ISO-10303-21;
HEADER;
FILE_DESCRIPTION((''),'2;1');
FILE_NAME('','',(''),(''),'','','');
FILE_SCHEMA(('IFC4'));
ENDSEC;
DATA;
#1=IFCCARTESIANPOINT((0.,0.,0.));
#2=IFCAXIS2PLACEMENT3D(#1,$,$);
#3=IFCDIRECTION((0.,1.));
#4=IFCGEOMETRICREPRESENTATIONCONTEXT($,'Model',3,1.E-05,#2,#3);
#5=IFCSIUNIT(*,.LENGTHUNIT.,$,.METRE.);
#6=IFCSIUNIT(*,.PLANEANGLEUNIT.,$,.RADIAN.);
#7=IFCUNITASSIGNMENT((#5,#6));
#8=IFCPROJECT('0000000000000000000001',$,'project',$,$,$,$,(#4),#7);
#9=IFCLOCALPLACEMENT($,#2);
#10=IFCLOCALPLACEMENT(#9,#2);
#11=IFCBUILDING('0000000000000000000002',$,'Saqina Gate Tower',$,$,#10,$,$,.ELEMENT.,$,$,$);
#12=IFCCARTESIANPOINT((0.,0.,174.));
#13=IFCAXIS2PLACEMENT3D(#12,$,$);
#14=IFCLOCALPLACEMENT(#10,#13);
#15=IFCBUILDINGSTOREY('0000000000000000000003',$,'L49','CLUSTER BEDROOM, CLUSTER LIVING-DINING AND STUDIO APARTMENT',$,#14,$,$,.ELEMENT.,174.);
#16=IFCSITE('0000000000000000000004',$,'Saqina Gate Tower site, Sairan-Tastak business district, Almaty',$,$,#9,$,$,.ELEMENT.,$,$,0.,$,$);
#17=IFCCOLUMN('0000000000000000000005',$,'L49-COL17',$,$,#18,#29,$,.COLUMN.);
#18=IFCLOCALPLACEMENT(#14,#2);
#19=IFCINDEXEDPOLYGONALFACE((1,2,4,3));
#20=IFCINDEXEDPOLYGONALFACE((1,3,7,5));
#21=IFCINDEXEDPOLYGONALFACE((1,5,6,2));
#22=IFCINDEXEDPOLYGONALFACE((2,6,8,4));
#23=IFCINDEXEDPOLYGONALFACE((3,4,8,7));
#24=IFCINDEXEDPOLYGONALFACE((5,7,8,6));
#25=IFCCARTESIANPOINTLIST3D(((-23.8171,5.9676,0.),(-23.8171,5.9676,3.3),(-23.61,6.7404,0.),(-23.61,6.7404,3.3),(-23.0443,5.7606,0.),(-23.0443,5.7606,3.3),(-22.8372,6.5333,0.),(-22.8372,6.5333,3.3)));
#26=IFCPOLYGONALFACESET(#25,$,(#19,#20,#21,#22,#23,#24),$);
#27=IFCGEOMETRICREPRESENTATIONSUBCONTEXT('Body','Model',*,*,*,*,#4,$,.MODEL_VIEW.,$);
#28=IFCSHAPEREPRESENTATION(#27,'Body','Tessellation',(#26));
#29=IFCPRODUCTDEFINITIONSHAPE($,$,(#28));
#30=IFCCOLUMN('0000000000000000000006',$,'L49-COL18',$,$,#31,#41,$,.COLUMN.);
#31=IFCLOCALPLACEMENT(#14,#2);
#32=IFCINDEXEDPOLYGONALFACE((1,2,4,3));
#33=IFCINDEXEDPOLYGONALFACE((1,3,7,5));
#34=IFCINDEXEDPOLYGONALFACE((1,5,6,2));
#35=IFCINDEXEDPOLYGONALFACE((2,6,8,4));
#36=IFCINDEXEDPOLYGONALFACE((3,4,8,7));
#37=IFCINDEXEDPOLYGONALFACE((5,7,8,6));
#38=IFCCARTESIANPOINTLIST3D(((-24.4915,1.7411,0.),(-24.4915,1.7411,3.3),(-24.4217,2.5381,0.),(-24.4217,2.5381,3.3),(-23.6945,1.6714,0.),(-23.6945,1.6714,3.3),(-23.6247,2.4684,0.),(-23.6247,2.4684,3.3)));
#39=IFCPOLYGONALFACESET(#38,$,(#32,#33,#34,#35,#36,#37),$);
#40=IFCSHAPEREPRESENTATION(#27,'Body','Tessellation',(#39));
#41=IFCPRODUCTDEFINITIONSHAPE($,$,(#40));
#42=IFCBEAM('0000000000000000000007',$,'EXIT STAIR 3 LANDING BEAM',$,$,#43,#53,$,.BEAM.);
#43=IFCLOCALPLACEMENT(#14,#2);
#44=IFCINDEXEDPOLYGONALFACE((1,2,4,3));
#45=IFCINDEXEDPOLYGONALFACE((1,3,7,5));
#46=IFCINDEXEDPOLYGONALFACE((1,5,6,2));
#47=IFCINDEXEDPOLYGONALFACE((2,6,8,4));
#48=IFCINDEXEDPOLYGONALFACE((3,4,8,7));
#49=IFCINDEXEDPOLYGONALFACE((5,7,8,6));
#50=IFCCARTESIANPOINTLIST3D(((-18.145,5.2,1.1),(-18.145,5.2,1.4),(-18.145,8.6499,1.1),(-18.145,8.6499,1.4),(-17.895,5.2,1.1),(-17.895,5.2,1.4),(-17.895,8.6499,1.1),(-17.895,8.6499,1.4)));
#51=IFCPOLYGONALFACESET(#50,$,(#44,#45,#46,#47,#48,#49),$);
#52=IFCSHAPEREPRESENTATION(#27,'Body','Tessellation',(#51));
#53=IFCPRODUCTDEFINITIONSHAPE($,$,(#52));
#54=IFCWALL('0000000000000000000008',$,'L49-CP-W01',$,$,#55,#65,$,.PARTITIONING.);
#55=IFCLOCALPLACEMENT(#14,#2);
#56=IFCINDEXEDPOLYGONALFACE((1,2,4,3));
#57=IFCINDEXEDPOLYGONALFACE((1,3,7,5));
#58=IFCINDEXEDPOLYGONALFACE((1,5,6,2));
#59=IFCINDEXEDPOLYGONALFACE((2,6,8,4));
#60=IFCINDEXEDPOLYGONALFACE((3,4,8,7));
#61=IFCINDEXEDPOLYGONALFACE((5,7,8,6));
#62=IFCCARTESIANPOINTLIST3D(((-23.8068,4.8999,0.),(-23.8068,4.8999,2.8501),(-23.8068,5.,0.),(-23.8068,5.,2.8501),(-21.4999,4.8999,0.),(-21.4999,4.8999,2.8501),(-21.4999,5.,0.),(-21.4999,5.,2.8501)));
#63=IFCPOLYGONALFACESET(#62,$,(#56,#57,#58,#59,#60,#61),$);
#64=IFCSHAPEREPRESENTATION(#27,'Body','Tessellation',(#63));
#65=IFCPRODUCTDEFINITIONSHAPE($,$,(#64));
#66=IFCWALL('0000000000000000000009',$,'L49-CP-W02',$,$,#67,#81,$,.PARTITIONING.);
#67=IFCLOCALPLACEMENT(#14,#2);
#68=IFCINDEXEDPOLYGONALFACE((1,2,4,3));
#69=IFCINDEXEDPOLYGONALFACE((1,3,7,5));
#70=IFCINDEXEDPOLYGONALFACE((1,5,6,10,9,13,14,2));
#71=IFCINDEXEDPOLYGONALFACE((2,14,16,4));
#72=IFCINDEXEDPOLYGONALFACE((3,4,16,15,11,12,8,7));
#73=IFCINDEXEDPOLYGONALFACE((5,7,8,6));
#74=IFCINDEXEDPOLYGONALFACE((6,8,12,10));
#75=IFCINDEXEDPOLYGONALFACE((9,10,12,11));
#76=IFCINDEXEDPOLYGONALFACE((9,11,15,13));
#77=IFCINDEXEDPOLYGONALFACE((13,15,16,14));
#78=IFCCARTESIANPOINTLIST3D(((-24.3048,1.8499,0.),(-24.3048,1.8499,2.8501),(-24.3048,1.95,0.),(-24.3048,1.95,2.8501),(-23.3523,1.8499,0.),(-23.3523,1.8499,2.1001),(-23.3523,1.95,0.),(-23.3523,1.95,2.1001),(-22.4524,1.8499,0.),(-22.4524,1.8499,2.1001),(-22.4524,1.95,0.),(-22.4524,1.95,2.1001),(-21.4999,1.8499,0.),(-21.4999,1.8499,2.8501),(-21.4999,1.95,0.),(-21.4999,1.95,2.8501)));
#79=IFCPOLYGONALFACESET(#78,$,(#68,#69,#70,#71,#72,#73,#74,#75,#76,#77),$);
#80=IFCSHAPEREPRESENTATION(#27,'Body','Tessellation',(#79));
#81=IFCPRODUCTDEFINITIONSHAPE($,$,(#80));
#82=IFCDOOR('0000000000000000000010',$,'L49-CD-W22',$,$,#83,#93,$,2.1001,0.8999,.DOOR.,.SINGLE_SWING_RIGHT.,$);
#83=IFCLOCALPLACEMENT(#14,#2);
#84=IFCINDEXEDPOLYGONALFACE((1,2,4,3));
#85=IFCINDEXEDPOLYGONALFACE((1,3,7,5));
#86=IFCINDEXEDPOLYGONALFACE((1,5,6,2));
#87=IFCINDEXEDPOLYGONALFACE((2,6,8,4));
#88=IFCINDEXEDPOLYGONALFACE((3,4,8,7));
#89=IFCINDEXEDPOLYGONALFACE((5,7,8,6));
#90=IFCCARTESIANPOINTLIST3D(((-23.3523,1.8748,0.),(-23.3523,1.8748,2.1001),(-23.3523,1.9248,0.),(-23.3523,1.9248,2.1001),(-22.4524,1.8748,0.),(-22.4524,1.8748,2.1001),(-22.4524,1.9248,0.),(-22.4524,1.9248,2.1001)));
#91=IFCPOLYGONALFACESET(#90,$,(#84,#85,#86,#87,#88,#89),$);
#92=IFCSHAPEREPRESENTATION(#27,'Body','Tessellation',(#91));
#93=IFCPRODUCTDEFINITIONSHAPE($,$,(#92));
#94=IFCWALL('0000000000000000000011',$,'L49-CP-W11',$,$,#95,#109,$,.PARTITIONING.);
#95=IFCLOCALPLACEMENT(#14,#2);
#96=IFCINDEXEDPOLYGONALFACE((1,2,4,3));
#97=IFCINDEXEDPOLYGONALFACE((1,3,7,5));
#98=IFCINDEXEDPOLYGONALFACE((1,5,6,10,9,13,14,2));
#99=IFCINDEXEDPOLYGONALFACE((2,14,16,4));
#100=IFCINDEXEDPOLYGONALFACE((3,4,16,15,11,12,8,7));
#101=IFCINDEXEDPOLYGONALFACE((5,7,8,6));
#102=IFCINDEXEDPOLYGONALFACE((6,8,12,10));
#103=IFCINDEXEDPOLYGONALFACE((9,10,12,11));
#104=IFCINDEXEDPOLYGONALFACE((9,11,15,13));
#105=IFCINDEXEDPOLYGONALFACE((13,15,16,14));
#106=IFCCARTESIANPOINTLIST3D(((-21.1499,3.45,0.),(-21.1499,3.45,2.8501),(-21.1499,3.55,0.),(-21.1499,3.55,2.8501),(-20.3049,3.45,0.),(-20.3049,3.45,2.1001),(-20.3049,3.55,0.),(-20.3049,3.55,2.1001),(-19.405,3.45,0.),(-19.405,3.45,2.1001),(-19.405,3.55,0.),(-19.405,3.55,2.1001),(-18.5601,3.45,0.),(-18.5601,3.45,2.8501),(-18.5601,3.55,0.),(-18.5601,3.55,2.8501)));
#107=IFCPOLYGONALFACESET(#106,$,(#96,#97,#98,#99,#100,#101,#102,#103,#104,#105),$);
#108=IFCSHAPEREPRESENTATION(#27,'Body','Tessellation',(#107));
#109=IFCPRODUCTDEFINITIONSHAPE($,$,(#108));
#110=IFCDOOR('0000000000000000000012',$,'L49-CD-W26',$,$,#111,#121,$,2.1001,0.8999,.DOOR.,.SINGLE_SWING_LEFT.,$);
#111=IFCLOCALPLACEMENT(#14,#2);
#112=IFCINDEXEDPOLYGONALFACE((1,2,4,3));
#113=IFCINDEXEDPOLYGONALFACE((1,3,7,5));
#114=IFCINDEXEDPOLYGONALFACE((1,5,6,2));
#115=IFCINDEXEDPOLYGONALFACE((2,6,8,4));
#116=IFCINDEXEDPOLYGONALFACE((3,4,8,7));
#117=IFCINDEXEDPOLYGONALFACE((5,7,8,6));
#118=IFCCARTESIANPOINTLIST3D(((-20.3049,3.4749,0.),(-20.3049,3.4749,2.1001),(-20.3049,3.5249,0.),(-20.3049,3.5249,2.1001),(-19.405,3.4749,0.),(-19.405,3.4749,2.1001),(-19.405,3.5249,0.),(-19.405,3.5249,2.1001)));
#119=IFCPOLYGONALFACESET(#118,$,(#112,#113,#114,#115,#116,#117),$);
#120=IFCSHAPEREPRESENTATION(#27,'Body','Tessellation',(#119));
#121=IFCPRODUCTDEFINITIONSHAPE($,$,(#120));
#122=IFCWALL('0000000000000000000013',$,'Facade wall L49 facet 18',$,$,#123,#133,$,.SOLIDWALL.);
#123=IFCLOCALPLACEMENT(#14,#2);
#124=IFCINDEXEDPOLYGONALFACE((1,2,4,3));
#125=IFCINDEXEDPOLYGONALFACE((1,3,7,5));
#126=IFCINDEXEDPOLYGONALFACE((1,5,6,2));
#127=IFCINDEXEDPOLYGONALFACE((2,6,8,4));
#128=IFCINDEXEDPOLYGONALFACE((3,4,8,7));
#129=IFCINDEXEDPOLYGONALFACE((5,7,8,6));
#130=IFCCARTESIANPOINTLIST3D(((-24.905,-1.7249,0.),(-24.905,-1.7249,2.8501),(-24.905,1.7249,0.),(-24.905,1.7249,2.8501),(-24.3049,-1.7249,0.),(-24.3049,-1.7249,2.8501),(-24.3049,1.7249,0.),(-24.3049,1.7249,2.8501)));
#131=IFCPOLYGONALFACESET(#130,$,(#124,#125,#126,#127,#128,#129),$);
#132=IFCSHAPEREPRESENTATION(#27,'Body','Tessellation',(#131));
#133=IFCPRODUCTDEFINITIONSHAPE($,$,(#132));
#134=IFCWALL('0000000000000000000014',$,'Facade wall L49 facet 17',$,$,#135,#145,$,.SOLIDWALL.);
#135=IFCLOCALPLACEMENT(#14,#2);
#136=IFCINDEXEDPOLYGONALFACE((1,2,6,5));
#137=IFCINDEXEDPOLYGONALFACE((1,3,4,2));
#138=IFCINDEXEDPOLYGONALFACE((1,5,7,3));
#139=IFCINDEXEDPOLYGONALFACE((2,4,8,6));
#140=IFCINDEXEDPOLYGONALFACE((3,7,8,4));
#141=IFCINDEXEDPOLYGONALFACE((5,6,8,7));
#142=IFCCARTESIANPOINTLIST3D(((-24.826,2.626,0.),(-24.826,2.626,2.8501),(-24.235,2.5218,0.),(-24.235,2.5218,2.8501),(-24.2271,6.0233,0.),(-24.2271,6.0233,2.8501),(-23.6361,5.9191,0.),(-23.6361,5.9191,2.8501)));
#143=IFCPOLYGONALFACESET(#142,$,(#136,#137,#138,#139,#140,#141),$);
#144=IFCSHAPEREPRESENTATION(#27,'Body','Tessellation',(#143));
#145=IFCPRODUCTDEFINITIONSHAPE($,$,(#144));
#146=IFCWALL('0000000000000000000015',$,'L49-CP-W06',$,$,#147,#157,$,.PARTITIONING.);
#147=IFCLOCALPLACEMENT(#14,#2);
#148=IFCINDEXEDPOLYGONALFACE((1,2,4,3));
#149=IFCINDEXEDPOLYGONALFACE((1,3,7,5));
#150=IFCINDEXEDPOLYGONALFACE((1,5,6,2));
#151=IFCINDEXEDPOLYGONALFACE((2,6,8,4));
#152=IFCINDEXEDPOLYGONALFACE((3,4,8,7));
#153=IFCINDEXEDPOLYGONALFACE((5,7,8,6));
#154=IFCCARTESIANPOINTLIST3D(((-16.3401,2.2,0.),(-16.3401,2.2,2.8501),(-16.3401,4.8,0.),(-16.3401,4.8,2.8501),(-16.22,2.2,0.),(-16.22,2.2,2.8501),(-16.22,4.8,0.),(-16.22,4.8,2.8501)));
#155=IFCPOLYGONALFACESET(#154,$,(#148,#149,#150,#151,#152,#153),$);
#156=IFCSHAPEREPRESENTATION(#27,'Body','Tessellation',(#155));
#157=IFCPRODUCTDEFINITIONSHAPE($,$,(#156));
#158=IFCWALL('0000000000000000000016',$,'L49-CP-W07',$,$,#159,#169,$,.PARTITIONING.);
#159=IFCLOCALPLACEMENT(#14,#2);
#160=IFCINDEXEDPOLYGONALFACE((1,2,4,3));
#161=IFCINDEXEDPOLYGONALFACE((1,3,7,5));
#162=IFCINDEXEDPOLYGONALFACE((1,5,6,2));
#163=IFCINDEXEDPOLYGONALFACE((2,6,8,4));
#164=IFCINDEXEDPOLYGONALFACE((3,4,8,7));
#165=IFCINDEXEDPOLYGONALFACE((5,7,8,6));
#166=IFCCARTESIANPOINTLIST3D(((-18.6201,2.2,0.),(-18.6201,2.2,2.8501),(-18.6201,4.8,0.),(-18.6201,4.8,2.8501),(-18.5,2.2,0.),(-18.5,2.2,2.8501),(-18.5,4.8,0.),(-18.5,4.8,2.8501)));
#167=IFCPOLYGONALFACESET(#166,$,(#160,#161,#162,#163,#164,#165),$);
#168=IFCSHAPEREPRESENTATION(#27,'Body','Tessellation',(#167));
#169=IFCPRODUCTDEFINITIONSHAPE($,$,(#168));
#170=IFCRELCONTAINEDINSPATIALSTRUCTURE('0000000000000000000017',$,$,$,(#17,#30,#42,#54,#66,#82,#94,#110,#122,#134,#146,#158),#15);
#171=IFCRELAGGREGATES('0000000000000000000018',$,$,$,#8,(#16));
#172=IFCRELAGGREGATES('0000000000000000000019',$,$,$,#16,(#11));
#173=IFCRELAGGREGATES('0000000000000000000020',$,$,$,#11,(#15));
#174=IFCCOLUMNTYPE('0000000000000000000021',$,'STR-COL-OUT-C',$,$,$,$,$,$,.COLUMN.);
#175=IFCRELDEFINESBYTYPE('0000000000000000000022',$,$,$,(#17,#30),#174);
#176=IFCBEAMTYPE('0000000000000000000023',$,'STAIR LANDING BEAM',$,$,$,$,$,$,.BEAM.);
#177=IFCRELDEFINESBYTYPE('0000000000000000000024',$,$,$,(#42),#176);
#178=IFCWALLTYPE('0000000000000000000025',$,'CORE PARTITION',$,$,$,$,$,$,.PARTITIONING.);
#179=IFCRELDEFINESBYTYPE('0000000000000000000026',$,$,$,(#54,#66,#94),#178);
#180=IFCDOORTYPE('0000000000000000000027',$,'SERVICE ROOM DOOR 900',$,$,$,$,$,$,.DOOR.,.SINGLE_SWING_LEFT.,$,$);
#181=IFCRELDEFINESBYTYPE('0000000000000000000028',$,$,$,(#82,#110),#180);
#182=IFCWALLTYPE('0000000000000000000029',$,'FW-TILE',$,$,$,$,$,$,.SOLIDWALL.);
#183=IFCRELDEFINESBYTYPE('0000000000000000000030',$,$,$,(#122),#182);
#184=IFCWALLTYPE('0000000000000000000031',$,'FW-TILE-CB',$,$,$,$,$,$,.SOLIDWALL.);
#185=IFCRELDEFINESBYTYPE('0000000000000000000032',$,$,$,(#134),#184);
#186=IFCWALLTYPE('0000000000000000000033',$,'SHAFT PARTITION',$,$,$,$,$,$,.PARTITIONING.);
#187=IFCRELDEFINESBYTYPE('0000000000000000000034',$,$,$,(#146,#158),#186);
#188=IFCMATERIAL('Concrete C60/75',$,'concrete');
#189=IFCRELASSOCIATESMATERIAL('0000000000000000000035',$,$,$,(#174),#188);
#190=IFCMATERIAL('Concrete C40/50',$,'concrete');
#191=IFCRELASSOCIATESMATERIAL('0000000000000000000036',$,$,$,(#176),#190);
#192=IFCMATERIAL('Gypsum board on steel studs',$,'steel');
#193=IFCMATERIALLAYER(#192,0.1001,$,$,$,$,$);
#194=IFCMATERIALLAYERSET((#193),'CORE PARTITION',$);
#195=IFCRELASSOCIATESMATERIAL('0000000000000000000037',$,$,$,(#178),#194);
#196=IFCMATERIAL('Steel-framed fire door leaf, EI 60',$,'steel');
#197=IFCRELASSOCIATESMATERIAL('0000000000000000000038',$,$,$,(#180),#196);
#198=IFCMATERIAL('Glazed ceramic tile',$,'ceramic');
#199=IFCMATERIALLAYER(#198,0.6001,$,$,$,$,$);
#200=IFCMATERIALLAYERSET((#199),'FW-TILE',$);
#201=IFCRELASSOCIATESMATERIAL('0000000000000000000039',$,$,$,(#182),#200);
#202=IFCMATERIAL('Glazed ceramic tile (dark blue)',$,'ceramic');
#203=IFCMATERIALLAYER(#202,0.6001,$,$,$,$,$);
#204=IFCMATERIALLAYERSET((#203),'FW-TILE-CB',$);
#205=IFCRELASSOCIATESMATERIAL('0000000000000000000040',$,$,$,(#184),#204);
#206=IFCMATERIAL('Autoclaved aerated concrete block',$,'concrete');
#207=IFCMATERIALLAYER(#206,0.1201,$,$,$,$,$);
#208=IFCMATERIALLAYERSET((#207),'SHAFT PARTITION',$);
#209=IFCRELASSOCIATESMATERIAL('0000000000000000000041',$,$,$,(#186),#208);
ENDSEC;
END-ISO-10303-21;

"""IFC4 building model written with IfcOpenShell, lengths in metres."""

from ifc_helpers import new_model, si_unit, direction, frame, frame_2d, origin, origin_2d, place, context, subcontext, project, spatial, rectangle, extrude, material, layer, layer_set, material_profile, profile_set, type_object, element, fill, save


model = new_model("IFC4")

# Units and contexts
model_context = context("Model", 3, precision=1e-05, world=origin(), true_north=direction((0.0, 1.0)))
body_context = subcontext(model_context, "Body", "Model", "MODEL_VIEW")
ifc_project = project(units=[si_unit("LENGTHUNIT", "METRE"), si_unit("PLANEANGLEUNIT", "RADIAN")], contexts=[model_context])

# Site, building, storey
site_placement = place(None, origin())
site = spatial("IfcSite", under=ifc_project, at=site_placement, Name="Saqina Gate Tower site, Sairan-Tastak business district, Almaty", CompositionType="ELEMENT", RefElevation=0.0)
building_placement = place(site_placement, origin())
building = spatial("IfcBuilding", under=site, at=building_placement, Name="Saqina Gate Tower", CompositionType="ELEMENT")
storey_placement = place(building_placement, frame((0.0, 0.0, 174.0)))
storey = spatial("IfcBuildingStorey", under=building, at=storey_placement, Name="L49", Description="CLUSTER BEDROOM, CLUSTER LIVING-DINING AND STUDIO APARTMENT", CompositionType="ELEMENT", Elevation=174.0)

# Columns
ifc_material_1 = material(Name="Concrete C60/75", Category="concrete")
ifc_material_profile_1 = material_profile(ifc_material_1, rectangle(XDim=0.8, YDim=0.8, at=origin_2d()), Name="RC 800x800")
ifc_profile_set_1 = profile_set([ifc_material_profile_1], Name="Concrete C60/75")
column_type = type_object("IfcColumnType", Name="STR-COL-OUT-C", PredefinedType="COLUMN", material=ifc_profile_set_1)
for number, where, z_axis, x_axis, name in (
    (1, (-23.3271, 6.2505, 0.0), (0.0, 0.0, 1.0), (-0.965926, 0.258819, 0.0), "L49-COL17"),
    (2, (-24.0581, 2.1047, 0.0), (0.0, 0.0, 1.0), (-0.996195, 0.087156, 0.0), "L49-COL18"),
):
    element("IfcColumn", number, at=place(storey_placement, frame(where, z_axis=z_axis, x_axis=x_axis)), inside=storey, type_object=column_type, Name=name, PredefinedType="COLUMN", context=body_context, shape_type="SweptSolid", body=[
        extrude(rectangle(XDim=0.8, YDim=0.8, at=origin_2d()), origin(), (0.0, 0.0, 1.0), 3.3),
    ])

# Beam
ifc_material_2 = material(Name="Concrete C40/50", Category="concrete")
ifc_material_profile_2 = material_profile(ifc_material_2, rectangle(XDim=0.25, YDim=0.3, at=origin_2d()), Name="STAIR LANDING BEAM")
ifc_profile_set_2 = profile_set([ifc_material_profile_2], Name="Concrete C40/50")
beam_type = type_object("IfcBeamType", Name="STAIR LANDING BEAM", PredefinedType="BEAM", material=ifc_profile_set_2)
beam_placement = place(storey_placement, frame((-18.02, 5.2, 1.25), z_axis=(0.0, 1.0, 0.0), x_axis=(-1.0, 0.0, 0.0)))
element("IfcBeam", 3, at=beam_placement, inside=storey, type_object=beam_type, Name="EXIT STAIR 3 LANDING BEAM", PredefinedType="BEAM", context=body_context, shape_type="SweptSolid", body=[
    extrude(rectangle(XDim=0.25, YDim=0.3, at=origin_2d()), origin(), (0.0, 0.0, 1.0), 3.45),
])

# Wall
ifc_material_3 = material(Name="Gypsum board on steel studs", Category="steel")
ifc_layer_1 = layer(ifc_material_3, 0.1001)
ifc_layer_set_1 = layer_set([ifc_layer_1], Name="CORE PARTITION")
wall_type_1 = type_object("IfcWallType", Name="CORE PARTITION", PredefinedType="PARTITIONING", material=ifc_layer_set_1)
wall_1_placement = place(storey_placement, frame((-21.5, 4.95, 0.0), z_axis=(0.0, 0.0, 1.0), x_axis=(-1.0, 0.0, 0.0)))
element("IfcWall", 4, at=wall_1_placement, inside=storey, type_object=wall_type_1, Name="L49-CP-W01", PredefinedType="PARTITIONING", context=body_context, shape_type="SweptSolid", body=[
    extrude(rectangle(XDim=2.3069, YDim=0.1001, at=frame_2d((1.1533, 0.0))), origin(), (0.0, 0.0, 1.0), 2.8501),
])

# Walls, openings, doors
wall_2_placement = place(storey_placement, frame((-21.5, 1.8999, 0.0), z_axis=(0.0, 0.0, 1.0), x_axis=(-1.0, 0.0, 0.0)))
wall_2 = element("IfcWall", 5, at=wall_2_placement, inside=storey, type_object=wall_type_1, Name="L49-CP-W02", PredefinedType="PARTITIONING", context=body_context, shape_type="SweptSolid", body=[
    extrude(rectangle(XDim=2.8049, YDim=0.1001, at=frame_2d((1.4023, 0.0))), origin(), (0.0, 0.0, 1.0), 2.8501),
])
opening_1_placement = place(wall_2_placement, frame((0.9524, 0.0, 0.0)))
opening_1 = element("IfcOpeningElement", 6, at=opening_1_placement, cuts=wall_2, PredefinedType="OPENING", context=body_context, shape_type="SweptSolid", body=[
    extrude(rectangle(XDim=0.8999, YDim=2.1001, at=frame_2d((0.45, 1.05))), frame((0.0, 0.062, 0.0), z_axis=(0.0, -1.0, 0.0), x_axis=(1.0, 0.0, 0.0)), (0.0, 0.0, 1.0), 0.124),
])
ifc_material_4 = material(Name="Steel-framed fire door leaf, EI 60", Category="steel")
door_type = type_object("IfcDoorType", Name="SERVICE ROOM DOOR 900", OperationType="SINGLE_SWING_LEFT", PredefinedType="DOOR", material=ifc_material_4)
door_1_placement = place(opening_1_placement, frame((0.8999, 0.0, 0.0), z_axis=(0.0, 0.0, 1.0), x_axis=(-1.0, 0.0, 0.0)))
door_1 = element("IfcDoor", 7, at=door_1_placement, inside=storey, type_object=door_type, Name="L49-CD-W22", OperationType="SINGLE_SWING_RIGHT", OverallHeight=2.1001, OverallWidth=0.8999, PredefinedType="DOOR", context=body_context, shape_type="SweptSolid", body=[
    extrude(rectangle(XDim=0.8999, YDim=2.1001, at=frame_2d((0.45, 1.05))), frame((0.0, 0.0249, 0.0), z_axis=(0.0, -1.0, 0.0), x_axis=(1.0, 0.0, 0.0)), (0.0, 0.0, 1.0), 0.05),
])
fill(opening_1, door_1)
wall_3_placement = place(storey_placement, frame((-18.5601, 3.5, 0.0), z_axis=(0.0, 0.0, 1.0), x_axis=(-1.0, 0.0, 0.0)))
wall_3 = element("IfcWall", 8, at=wall_3_placement, inside=storey, type_object=wall_type_1, Name="L49-CP-W11", PredefinedType="PARTITIONING", context=body_context, shape_type="SweptSolid", body=[
    extrude(rectangle(XDim=2.5898, YDim=0.1001, at=frame_2d((1.2949, 0.0))), origin(), (0.0, 0.0, 1.0), 2.8501),
])
opening_2_placement = place(wall_3_placement, frame((0.845, 0.0, 0.0)))
opening_2 = element("IfcOpeningElement", 9, at=opening_2_placement, cuts=wall_3, PredefinedType="OPENING", context=body_context, shape_type="SweptSolid", body=[
    extrude(rectangle(XDim=0.8999, YDim=2.1001, at=frame_2d((0.45, 1.05))), frame((0.0, 0.062, 0.0), z_axis=(0.0, -1.0, 0.0), x_axis=(1.0, 0.0, 0.0)), (0.0, 0.0, 1.0), 0.124),
])
door_2_placement = place(opening_2_placement, frame((0.8999, 0.0, 0.0), z_axis=(0.0, 0.0, 1.0), x_axis=(-1.0, 0.0, 0.0)))
door_2 = element("IfcDoor", 10, at=door_2_placement, inside=storey, type_object=door_type, Name="L49-CD-W26", OperationType="SINGLE_SWING_LEFT", OverallHeight=2.1001, OverallWidth=0.8999, PredefinedType="DOOR", context=body_context, shape_type="SweptSolid", body=[
    extrude(rectangle(XDim=0.8999, YDim=2.1001, at=frame_2d((0.45, 1.05))), frame((0.0, 0.0249, 0.0), z_axis=(0.0, -1.0, 0.0), x_axis=(1.0, 0.0, 0.0)), (0.0, 0.0, 1.0), 0.05),
])
fill(opening_2, door_2)

# Walls
ifc_material_5 = material(Name="Glazed ceramic tile", Category="ceramic")
ifc_layer_2 = layer(ifc_material_5, 0.6001)
ifc_layer_set_2 = layer_set([ifc_layer_2], Name="FW-TILE")
wall_type_2 = type_object("IfcWallType", Name="FW-TILE", PredefinedType="SOLIDWALL", material=ifc_layer_set_2)
wall_4_placement = place(storey_placement, frame((-24.605, 1.7249, 0.0), z_axis=(0.0, 0.0, 1.0), x_axis=(0.0, -1.0, 0.0)))
element("IfcWall", 11, at=wall_4_placement, inside=storey, type_object=wall_type_2, Name="Facade wall L49 facet 18", PredefinedType="SOLIDWALL", context=body_context, shape_type="SweptSolid", body=[
    extrude(rectangle(XDim=3.4497, YDim=0.6001, at=frame_2d((1.7249, 0.0))), origin(), (0.0, 0.0, 1.0), 2.8501),
])
ifc_material_6 = material(Name="Glazed ceramic tile (dark blue)", Category="ceramic")
ifc_layer_3 = layer(ifc_material_6, 0.6001)
ifc_layer_set_3 = layer_set([ifc_layer_3], Name="FW-TILE-CB")
wall_type_3 = type_object("IfcWallType", Name="FW-TILE-CB", PredefinedType="SOLIDWALL", material=ifc_layer_set_3)
wall_5_placement = place(storey_placement, frame((-23.9316, 5.9712, 0.0), z_axis=(0.0, 0.0, 1.0), x_axis=(-0.173608, -0.984815, 0.0)))
element("IfcWall", 12, at=wall_5_placement, inside=storey, type_object=wall_type_3, Name="Facade wall L49 facet 17", PredefinedType="SOLIDWALL", context=body_context, shape_type="SweptSolid", body=[
    extrude(rectangle(XDim=3.4497, YDim=0.6001, at=frame_2d((1.7249, 0.0))), origin(), (0.0, 0.0, 1.0), 2.8501),
])
ifc_material_7 = material(Name="Autoclaved aerated concrete block", Category="concrete")
ifc_layer_4 = layer(ifc_material_7, 0.1201)
ifc_layer_set_4 = layer_set([ifc_layer_4], Name="SHAFT PARTITION")
wall_type_4 = type_object("IfcWallType", Name="SHAFT PARTITION", PredefinedType="PARTITIONING", material=ifc_layer_set_4)
for number, where, z_axis, x_axis, name in (
    (13, (-16.28, 2.2, 0.0), (0.0, 0.0, 1.0), (0.0, 1.0, 0.0), "L49-CP-W06"),
    (14, (-18.5601, 2.2, 0.0), (0.0, 0.0, 1.0), (0.0, 1.0, 0.0), "L49-CP-W07"),
):
    element("IfcWall", number, at=place(storey_placement, frame(where, z_axis=z_axis, x_axis=x_axis)), inside=storey, type_object=wall_type_4, Name=name, PredefinedType="PARTITIONING", context=body_context, shape_type="SweptSolid", body=[
        extrude(rectangle(XDim=2.6001, YDim=0.1201, at=frame_2d((1.3, 0.0))), origin(), (0.0, 0.0, 1.0), 2.8501),
    ])

save(model, "model.ifc")
